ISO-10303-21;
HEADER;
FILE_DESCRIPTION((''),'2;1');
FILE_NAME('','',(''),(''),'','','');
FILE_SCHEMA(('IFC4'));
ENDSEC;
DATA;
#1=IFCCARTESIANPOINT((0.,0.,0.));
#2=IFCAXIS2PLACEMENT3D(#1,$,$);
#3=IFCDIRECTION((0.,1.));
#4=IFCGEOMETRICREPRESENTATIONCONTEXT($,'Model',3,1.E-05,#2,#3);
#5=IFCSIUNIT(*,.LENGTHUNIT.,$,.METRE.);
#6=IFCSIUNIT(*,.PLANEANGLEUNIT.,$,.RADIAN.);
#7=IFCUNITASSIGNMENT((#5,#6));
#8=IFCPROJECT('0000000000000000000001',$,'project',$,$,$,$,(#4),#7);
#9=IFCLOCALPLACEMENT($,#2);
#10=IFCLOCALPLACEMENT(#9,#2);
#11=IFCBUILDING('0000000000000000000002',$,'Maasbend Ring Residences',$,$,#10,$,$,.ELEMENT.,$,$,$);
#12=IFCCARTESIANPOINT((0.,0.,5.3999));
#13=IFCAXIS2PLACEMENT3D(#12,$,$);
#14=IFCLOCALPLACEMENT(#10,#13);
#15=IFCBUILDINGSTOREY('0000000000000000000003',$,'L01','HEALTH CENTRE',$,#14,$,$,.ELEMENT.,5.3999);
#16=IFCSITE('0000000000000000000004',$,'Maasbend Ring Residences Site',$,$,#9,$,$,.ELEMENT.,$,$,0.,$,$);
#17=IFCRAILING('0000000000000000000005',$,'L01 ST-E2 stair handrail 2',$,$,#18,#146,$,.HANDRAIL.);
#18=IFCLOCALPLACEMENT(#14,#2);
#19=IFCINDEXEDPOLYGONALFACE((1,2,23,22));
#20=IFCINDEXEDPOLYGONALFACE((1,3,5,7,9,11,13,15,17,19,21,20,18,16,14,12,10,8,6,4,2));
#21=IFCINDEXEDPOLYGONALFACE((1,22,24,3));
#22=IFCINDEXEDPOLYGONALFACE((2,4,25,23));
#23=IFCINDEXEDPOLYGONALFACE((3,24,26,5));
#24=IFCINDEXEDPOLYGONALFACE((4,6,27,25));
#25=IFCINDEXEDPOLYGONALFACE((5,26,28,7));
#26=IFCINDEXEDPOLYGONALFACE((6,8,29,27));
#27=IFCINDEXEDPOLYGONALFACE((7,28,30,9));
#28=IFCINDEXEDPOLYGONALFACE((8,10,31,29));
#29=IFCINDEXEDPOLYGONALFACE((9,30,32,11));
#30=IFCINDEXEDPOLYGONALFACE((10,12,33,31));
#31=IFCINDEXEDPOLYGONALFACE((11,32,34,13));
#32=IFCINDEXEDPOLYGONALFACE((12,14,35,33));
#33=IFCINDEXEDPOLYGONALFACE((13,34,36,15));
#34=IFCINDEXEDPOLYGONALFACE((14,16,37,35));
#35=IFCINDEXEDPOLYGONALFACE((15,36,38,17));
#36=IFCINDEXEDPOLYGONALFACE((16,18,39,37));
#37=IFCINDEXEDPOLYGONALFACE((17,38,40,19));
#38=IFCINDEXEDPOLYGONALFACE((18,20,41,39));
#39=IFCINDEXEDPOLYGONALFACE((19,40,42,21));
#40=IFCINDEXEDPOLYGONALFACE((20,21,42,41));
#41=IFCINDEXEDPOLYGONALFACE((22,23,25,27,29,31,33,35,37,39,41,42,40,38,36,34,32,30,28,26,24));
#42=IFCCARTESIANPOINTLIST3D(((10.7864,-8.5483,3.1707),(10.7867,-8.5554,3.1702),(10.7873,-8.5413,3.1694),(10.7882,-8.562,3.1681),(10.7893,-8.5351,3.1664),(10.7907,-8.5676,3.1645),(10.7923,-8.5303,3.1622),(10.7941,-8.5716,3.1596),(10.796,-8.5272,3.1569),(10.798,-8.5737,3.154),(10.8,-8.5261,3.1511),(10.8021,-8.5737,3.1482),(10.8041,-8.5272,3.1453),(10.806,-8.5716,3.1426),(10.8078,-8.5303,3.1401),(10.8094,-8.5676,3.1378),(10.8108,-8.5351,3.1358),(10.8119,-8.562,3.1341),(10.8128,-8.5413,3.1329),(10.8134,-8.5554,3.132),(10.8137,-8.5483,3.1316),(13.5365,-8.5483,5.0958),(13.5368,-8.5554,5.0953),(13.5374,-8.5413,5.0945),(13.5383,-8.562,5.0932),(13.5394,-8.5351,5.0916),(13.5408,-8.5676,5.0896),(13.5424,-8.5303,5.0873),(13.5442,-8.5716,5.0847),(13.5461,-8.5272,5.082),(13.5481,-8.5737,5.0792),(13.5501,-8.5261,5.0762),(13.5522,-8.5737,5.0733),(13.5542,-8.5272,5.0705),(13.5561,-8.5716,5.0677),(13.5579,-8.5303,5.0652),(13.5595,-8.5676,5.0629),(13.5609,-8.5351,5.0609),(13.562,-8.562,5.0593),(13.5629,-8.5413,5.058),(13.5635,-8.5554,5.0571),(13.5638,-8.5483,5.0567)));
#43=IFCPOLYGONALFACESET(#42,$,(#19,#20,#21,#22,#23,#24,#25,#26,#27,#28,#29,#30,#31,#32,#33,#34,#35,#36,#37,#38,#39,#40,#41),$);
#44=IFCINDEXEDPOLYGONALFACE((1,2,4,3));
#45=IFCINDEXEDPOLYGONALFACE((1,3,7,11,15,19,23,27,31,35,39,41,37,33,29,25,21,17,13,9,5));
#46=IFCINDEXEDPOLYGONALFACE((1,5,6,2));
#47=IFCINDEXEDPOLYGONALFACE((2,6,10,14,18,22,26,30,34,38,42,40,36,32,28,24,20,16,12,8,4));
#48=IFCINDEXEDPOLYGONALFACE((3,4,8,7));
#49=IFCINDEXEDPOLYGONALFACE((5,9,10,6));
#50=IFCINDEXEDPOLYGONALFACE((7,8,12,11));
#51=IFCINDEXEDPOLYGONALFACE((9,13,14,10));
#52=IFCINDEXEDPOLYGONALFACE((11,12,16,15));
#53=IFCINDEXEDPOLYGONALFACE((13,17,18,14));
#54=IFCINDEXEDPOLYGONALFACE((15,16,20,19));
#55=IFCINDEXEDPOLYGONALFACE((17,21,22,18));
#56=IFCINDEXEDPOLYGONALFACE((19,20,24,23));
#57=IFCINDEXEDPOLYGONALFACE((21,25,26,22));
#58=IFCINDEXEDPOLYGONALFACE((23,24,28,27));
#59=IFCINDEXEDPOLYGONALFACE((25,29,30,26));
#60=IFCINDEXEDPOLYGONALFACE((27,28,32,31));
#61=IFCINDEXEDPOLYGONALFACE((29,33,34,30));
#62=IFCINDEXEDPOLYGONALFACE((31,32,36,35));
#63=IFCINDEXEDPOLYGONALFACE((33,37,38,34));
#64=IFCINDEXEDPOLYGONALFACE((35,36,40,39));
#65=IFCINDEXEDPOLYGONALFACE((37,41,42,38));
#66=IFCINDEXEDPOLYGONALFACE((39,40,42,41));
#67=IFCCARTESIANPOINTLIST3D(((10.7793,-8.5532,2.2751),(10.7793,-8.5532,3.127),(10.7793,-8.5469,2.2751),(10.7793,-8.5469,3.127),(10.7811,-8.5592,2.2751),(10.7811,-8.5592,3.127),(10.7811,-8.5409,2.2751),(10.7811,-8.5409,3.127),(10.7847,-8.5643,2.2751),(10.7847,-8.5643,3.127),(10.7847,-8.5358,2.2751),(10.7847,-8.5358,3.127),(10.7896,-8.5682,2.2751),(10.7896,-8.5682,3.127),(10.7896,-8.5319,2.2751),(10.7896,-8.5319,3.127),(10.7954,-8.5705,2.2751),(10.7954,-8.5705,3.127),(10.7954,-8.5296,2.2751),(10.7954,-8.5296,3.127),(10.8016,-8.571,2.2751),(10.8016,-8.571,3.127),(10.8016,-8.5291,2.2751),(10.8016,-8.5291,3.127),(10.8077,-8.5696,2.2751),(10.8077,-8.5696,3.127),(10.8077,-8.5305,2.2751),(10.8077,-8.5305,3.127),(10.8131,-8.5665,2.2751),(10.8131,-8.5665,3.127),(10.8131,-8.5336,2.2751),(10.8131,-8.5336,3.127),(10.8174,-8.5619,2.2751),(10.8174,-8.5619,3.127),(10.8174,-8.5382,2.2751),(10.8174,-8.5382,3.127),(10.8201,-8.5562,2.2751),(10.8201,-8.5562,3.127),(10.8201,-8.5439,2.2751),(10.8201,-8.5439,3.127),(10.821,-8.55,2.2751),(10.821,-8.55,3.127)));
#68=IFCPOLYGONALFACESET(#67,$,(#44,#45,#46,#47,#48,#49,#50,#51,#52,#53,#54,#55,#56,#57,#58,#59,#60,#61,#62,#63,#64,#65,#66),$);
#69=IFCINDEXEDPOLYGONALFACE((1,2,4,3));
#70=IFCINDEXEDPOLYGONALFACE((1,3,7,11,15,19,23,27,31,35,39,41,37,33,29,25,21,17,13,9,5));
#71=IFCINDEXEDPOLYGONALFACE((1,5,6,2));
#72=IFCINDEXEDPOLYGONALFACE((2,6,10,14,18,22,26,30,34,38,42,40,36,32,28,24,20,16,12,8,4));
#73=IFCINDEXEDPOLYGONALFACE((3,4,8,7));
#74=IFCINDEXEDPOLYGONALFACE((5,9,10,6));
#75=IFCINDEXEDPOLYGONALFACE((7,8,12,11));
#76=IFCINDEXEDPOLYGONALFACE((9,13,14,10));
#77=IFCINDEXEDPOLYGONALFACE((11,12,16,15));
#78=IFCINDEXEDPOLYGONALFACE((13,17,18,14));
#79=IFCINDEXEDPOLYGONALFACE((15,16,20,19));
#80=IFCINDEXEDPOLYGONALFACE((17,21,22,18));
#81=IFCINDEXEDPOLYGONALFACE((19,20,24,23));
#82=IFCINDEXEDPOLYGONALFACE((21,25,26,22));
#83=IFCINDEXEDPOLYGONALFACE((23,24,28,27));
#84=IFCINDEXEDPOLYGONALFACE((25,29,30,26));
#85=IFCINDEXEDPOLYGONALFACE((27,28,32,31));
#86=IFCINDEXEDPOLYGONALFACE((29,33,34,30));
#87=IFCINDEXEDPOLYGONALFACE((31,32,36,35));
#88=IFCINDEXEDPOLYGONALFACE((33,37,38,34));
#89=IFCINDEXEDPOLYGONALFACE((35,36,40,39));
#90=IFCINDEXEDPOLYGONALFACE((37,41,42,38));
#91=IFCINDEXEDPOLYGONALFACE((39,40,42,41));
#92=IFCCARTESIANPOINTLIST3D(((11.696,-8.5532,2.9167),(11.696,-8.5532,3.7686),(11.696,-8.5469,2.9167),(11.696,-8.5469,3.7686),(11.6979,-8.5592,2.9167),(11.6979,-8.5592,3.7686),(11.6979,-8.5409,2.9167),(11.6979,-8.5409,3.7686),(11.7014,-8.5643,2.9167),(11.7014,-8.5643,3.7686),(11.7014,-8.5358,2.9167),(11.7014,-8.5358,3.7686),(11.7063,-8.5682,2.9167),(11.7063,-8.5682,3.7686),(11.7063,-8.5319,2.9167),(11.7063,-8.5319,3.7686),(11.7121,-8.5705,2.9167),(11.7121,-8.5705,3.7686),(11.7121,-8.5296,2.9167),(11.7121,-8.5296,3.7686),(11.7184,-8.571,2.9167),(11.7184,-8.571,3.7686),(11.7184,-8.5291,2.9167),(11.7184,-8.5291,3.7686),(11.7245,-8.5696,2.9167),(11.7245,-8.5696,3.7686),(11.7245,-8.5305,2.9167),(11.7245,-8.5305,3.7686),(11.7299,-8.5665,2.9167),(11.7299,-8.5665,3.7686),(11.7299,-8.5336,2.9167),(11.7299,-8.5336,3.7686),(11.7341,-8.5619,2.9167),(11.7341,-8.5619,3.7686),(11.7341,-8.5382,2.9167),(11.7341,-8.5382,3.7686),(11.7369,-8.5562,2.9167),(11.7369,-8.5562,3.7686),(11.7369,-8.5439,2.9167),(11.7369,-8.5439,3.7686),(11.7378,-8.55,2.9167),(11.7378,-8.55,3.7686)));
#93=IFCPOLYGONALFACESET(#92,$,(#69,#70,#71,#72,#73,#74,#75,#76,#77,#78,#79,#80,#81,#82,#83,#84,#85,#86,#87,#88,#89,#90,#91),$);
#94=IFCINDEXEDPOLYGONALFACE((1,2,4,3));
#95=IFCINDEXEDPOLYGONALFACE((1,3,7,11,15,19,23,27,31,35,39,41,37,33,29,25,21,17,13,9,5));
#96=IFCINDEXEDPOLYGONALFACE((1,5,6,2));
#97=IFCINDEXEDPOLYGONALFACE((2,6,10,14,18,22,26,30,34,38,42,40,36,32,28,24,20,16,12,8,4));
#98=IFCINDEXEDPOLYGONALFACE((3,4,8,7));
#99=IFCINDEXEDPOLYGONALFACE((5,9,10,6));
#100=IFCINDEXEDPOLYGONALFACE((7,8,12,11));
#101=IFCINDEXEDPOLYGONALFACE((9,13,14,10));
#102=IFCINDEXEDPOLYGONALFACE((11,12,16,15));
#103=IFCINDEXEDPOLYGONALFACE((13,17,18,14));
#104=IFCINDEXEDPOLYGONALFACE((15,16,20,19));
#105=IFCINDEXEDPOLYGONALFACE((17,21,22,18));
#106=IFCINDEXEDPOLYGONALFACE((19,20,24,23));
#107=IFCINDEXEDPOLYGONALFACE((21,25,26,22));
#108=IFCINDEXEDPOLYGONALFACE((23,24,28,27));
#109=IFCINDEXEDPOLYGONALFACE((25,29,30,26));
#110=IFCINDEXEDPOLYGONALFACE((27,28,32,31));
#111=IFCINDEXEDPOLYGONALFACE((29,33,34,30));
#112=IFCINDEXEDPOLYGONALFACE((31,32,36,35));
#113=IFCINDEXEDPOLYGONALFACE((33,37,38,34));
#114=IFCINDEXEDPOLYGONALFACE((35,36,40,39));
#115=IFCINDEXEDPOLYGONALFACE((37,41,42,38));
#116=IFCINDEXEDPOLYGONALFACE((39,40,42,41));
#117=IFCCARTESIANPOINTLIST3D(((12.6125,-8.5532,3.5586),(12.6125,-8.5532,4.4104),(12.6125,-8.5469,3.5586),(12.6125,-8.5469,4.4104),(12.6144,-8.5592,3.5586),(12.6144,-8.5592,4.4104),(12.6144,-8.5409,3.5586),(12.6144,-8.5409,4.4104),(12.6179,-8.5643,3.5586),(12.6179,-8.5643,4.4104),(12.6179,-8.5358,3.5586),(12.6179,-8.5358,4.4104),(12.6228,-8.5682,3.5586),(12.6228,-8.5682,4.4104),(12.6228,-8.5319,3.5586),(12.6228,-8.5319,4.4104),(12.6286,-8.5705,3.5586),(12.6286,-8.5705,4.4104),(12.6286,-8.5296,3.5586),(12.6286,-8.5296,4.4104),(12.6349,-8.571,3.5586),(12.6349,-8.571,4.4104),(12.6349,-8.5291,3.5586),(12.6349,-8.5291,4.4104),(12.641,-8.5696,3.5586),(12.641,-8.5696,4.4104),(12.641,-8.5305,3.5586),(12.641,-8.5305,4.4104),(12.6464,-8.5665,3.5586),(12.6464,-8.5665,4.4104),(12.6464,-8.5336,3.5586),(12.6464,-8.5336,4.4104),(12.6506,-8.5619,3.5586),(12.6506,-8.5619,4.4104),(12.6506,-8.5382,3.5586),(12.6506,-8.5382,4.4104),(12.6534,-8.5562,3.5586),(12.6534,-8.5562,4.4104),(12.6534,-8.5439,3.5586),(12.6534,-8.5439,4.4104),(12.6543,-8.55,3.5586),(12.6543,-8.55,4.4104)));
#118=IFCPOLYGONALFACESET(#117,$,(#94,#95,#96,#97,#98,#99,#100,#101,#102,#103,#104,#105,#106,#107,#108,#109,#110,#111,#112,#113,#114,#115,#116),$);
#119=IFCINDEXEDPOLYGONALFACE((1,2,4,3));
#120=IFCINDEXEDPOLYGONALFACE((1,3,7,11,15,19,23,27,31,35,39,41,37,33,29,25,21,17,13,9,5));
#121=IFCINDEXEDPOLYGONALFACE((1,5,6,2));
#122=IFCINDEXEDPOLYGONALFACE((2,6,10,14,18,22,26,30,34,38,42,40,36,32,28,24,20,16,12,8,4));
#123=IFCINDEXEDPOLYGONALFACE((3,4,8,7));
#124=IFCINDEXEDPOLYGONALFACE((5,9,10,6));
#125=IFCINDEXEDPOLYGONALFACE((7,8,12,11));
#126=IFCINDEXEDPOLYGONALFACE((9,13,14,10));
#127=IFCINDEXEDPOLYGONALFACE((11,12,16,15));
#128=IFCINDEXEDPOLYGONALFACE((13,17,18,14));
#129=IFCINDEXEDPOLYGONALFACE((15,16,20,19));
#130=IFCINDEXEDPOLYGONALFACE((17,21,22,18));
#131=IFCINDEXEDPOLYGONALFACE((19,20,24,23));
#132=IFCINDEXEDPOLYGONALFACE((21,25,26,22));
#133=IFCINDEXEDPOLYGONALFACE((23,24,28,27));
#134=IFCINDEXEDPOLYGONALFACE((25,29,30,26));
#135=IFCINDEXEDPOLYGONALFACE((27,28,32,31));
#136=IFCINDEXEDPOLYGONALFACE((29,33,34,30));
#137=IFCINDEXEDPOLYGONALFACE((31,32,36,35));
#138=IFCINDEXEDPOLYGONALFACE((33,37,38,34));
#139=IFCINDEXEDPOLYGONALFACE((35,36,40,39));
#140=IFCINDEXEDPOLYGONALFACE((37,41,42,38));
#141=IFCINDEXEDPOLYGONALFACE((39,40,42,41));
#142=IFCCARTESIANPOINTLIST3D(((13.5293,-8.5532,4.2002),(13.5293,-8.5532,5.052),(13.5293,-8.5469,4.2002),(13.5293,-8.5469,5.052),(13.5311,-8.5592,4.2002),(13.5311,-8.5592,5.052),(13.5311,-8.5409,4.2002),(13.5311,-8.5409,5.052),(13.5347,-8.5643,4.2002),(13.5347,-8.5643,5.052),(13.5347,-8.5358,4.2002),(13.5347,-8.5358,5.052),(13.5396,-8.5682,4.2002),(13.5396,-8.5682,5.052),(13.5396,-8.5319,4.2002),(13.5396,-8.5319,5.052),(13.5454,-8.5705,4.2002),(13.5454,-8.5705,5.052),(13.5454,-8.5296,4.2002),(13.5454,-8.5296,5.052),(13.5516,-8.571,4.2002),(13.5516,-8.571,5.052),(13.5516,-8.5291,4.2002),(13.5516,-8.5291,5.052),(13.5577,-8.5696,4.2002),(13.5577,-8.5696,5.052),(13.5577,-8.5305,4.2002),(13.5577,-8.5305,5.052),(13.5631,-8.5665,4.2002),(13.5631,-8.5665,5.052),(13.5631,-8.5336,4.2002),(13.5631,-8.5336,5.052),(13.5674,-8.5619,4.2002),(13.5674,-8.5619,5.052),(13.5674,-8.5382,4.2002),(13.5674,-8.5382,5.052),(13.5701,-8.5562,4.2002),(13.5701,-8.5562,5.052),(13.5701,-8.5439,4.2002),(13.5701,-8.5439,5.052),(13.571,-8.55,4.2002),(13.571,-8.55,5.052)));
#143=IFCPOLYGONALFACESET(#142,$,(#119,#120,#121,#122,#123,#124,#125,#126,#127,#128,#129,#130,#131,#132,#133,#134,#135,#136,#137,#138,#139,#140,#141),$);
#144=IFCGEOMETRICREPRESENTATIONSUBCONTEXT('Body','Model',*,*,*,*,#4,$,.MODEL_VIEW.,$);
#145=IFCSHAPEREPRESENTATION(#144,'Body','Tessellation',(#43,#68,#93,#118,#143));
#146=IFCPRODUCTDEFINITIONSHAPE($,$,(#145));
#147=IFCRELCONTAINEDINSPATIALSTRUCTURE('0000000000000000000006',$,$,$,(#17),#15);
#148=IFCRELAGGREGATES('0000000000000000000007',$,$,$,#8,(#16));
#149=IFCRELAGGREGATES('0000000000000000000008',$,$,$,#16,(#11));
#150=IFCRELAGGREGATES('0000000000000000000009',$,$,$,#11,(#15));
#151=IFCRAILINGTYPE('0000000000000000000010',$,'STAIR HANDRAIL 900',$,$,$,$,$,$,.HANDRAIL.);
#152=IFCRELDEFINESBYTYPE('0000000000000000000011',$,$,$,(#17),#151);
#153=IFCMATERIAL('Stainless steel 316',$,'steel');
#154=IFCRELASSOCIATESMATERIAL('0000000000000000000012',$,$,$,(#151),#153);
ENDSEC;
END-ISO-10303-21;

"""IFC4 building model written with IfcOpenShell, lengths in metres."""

from ifc_helpers import new_model, si_unit, direction, frame, origin, origin_2d, place, context, subcontext, project, spatial, circle, extrude, material, type_object, element, save


model = new_model("IFC4")

# Units and contexts
model_context = context("Model", 3, precision=1e-05, world=origin(), true_north=direction((0.0, 1.0)))
body_context = subcontext(model_context, "Body", "Model", "MODEL_VIEW")
ifc_project = project(units=[si_unit("LENGTHUNIT", "METRE"), si_unit("PLANEANGLEUNIT", "RADIAN")], contexts=[model_context])

# Site, building, storey
site_placement = place(None, origin())
site = spatial("IfcSite", under=ifc_project, at=site_placement, Name="Maasbend Ring Residences Site", CompositionType="ELEMENT", RefElevation=0.0)
building_placement = place(site_placement, origin())
building = spatial("IfcBuilding", under=site, at=building_placement, Name="Maasbend Ring Residences", CompositionType="ELEMENT")
storey_placement = place(building_placement, frame((0.0, 0.0, 5.3999)))
storey = spatial("IfcBuildingStorey", under=building, at=storey_placement, Name="L01", Description="HEALTH CENTRE", CompositionType="ELEMENT", Elevation=5.3999)

# Railing
ifc_material_1 = material(Name="Stainless steel 316", Category="steel")
railing_type_1 = type_object("IfcRailingType", Name="STAIR HANDRAIL 900", PredefinedType="HANDRAIL", material=ifc_material_1)
railing_1_placement = place(storey_placement, frame((10.8, -8.55, 2.2751)))
element("IfcRailing", 1, at=railing_1_placement, inside=storey, type_object=railing_type_1, Name="L01 ST-E2 stair handrail 2", PredefinedType="HANDRAIL", context=body_context, shape_type="SweptSolid", body=[
    extrude(circle(Radius=0.0239, at=origin_2d()), frame((0.0, 0.0, 0.876), z_axis=(0.819225, 0.0, 0.573472), x_axis=(0.0, 1.0, 0.0)), (0.0, 0.0, 1.0), 3.3569),
    extrude(circle(Radius=0.021, at=origin_2d()), origin(), (0.0, 0.0, 1.0), 0.8518),
    extrude(circle(Radius=0.021, at=origin_2d()), frame((0.9167, 0.0, 0.6416)), (0.0, 0.0, 1.0), 0.8518),
    extrude(circle(Radius=0.021, at=origin_2d()), frame((1.8333, 0.0, 1.2834)), (0.0, 0.0, 1.0), 0.8518),
    extrude(circle(Radius=0.021, at=origin_2d()), frame((2.75, 0.0, 1.925)), (0.0, 0.0, 1.0), 0.8518),
])

save(model, "model.ifc")
